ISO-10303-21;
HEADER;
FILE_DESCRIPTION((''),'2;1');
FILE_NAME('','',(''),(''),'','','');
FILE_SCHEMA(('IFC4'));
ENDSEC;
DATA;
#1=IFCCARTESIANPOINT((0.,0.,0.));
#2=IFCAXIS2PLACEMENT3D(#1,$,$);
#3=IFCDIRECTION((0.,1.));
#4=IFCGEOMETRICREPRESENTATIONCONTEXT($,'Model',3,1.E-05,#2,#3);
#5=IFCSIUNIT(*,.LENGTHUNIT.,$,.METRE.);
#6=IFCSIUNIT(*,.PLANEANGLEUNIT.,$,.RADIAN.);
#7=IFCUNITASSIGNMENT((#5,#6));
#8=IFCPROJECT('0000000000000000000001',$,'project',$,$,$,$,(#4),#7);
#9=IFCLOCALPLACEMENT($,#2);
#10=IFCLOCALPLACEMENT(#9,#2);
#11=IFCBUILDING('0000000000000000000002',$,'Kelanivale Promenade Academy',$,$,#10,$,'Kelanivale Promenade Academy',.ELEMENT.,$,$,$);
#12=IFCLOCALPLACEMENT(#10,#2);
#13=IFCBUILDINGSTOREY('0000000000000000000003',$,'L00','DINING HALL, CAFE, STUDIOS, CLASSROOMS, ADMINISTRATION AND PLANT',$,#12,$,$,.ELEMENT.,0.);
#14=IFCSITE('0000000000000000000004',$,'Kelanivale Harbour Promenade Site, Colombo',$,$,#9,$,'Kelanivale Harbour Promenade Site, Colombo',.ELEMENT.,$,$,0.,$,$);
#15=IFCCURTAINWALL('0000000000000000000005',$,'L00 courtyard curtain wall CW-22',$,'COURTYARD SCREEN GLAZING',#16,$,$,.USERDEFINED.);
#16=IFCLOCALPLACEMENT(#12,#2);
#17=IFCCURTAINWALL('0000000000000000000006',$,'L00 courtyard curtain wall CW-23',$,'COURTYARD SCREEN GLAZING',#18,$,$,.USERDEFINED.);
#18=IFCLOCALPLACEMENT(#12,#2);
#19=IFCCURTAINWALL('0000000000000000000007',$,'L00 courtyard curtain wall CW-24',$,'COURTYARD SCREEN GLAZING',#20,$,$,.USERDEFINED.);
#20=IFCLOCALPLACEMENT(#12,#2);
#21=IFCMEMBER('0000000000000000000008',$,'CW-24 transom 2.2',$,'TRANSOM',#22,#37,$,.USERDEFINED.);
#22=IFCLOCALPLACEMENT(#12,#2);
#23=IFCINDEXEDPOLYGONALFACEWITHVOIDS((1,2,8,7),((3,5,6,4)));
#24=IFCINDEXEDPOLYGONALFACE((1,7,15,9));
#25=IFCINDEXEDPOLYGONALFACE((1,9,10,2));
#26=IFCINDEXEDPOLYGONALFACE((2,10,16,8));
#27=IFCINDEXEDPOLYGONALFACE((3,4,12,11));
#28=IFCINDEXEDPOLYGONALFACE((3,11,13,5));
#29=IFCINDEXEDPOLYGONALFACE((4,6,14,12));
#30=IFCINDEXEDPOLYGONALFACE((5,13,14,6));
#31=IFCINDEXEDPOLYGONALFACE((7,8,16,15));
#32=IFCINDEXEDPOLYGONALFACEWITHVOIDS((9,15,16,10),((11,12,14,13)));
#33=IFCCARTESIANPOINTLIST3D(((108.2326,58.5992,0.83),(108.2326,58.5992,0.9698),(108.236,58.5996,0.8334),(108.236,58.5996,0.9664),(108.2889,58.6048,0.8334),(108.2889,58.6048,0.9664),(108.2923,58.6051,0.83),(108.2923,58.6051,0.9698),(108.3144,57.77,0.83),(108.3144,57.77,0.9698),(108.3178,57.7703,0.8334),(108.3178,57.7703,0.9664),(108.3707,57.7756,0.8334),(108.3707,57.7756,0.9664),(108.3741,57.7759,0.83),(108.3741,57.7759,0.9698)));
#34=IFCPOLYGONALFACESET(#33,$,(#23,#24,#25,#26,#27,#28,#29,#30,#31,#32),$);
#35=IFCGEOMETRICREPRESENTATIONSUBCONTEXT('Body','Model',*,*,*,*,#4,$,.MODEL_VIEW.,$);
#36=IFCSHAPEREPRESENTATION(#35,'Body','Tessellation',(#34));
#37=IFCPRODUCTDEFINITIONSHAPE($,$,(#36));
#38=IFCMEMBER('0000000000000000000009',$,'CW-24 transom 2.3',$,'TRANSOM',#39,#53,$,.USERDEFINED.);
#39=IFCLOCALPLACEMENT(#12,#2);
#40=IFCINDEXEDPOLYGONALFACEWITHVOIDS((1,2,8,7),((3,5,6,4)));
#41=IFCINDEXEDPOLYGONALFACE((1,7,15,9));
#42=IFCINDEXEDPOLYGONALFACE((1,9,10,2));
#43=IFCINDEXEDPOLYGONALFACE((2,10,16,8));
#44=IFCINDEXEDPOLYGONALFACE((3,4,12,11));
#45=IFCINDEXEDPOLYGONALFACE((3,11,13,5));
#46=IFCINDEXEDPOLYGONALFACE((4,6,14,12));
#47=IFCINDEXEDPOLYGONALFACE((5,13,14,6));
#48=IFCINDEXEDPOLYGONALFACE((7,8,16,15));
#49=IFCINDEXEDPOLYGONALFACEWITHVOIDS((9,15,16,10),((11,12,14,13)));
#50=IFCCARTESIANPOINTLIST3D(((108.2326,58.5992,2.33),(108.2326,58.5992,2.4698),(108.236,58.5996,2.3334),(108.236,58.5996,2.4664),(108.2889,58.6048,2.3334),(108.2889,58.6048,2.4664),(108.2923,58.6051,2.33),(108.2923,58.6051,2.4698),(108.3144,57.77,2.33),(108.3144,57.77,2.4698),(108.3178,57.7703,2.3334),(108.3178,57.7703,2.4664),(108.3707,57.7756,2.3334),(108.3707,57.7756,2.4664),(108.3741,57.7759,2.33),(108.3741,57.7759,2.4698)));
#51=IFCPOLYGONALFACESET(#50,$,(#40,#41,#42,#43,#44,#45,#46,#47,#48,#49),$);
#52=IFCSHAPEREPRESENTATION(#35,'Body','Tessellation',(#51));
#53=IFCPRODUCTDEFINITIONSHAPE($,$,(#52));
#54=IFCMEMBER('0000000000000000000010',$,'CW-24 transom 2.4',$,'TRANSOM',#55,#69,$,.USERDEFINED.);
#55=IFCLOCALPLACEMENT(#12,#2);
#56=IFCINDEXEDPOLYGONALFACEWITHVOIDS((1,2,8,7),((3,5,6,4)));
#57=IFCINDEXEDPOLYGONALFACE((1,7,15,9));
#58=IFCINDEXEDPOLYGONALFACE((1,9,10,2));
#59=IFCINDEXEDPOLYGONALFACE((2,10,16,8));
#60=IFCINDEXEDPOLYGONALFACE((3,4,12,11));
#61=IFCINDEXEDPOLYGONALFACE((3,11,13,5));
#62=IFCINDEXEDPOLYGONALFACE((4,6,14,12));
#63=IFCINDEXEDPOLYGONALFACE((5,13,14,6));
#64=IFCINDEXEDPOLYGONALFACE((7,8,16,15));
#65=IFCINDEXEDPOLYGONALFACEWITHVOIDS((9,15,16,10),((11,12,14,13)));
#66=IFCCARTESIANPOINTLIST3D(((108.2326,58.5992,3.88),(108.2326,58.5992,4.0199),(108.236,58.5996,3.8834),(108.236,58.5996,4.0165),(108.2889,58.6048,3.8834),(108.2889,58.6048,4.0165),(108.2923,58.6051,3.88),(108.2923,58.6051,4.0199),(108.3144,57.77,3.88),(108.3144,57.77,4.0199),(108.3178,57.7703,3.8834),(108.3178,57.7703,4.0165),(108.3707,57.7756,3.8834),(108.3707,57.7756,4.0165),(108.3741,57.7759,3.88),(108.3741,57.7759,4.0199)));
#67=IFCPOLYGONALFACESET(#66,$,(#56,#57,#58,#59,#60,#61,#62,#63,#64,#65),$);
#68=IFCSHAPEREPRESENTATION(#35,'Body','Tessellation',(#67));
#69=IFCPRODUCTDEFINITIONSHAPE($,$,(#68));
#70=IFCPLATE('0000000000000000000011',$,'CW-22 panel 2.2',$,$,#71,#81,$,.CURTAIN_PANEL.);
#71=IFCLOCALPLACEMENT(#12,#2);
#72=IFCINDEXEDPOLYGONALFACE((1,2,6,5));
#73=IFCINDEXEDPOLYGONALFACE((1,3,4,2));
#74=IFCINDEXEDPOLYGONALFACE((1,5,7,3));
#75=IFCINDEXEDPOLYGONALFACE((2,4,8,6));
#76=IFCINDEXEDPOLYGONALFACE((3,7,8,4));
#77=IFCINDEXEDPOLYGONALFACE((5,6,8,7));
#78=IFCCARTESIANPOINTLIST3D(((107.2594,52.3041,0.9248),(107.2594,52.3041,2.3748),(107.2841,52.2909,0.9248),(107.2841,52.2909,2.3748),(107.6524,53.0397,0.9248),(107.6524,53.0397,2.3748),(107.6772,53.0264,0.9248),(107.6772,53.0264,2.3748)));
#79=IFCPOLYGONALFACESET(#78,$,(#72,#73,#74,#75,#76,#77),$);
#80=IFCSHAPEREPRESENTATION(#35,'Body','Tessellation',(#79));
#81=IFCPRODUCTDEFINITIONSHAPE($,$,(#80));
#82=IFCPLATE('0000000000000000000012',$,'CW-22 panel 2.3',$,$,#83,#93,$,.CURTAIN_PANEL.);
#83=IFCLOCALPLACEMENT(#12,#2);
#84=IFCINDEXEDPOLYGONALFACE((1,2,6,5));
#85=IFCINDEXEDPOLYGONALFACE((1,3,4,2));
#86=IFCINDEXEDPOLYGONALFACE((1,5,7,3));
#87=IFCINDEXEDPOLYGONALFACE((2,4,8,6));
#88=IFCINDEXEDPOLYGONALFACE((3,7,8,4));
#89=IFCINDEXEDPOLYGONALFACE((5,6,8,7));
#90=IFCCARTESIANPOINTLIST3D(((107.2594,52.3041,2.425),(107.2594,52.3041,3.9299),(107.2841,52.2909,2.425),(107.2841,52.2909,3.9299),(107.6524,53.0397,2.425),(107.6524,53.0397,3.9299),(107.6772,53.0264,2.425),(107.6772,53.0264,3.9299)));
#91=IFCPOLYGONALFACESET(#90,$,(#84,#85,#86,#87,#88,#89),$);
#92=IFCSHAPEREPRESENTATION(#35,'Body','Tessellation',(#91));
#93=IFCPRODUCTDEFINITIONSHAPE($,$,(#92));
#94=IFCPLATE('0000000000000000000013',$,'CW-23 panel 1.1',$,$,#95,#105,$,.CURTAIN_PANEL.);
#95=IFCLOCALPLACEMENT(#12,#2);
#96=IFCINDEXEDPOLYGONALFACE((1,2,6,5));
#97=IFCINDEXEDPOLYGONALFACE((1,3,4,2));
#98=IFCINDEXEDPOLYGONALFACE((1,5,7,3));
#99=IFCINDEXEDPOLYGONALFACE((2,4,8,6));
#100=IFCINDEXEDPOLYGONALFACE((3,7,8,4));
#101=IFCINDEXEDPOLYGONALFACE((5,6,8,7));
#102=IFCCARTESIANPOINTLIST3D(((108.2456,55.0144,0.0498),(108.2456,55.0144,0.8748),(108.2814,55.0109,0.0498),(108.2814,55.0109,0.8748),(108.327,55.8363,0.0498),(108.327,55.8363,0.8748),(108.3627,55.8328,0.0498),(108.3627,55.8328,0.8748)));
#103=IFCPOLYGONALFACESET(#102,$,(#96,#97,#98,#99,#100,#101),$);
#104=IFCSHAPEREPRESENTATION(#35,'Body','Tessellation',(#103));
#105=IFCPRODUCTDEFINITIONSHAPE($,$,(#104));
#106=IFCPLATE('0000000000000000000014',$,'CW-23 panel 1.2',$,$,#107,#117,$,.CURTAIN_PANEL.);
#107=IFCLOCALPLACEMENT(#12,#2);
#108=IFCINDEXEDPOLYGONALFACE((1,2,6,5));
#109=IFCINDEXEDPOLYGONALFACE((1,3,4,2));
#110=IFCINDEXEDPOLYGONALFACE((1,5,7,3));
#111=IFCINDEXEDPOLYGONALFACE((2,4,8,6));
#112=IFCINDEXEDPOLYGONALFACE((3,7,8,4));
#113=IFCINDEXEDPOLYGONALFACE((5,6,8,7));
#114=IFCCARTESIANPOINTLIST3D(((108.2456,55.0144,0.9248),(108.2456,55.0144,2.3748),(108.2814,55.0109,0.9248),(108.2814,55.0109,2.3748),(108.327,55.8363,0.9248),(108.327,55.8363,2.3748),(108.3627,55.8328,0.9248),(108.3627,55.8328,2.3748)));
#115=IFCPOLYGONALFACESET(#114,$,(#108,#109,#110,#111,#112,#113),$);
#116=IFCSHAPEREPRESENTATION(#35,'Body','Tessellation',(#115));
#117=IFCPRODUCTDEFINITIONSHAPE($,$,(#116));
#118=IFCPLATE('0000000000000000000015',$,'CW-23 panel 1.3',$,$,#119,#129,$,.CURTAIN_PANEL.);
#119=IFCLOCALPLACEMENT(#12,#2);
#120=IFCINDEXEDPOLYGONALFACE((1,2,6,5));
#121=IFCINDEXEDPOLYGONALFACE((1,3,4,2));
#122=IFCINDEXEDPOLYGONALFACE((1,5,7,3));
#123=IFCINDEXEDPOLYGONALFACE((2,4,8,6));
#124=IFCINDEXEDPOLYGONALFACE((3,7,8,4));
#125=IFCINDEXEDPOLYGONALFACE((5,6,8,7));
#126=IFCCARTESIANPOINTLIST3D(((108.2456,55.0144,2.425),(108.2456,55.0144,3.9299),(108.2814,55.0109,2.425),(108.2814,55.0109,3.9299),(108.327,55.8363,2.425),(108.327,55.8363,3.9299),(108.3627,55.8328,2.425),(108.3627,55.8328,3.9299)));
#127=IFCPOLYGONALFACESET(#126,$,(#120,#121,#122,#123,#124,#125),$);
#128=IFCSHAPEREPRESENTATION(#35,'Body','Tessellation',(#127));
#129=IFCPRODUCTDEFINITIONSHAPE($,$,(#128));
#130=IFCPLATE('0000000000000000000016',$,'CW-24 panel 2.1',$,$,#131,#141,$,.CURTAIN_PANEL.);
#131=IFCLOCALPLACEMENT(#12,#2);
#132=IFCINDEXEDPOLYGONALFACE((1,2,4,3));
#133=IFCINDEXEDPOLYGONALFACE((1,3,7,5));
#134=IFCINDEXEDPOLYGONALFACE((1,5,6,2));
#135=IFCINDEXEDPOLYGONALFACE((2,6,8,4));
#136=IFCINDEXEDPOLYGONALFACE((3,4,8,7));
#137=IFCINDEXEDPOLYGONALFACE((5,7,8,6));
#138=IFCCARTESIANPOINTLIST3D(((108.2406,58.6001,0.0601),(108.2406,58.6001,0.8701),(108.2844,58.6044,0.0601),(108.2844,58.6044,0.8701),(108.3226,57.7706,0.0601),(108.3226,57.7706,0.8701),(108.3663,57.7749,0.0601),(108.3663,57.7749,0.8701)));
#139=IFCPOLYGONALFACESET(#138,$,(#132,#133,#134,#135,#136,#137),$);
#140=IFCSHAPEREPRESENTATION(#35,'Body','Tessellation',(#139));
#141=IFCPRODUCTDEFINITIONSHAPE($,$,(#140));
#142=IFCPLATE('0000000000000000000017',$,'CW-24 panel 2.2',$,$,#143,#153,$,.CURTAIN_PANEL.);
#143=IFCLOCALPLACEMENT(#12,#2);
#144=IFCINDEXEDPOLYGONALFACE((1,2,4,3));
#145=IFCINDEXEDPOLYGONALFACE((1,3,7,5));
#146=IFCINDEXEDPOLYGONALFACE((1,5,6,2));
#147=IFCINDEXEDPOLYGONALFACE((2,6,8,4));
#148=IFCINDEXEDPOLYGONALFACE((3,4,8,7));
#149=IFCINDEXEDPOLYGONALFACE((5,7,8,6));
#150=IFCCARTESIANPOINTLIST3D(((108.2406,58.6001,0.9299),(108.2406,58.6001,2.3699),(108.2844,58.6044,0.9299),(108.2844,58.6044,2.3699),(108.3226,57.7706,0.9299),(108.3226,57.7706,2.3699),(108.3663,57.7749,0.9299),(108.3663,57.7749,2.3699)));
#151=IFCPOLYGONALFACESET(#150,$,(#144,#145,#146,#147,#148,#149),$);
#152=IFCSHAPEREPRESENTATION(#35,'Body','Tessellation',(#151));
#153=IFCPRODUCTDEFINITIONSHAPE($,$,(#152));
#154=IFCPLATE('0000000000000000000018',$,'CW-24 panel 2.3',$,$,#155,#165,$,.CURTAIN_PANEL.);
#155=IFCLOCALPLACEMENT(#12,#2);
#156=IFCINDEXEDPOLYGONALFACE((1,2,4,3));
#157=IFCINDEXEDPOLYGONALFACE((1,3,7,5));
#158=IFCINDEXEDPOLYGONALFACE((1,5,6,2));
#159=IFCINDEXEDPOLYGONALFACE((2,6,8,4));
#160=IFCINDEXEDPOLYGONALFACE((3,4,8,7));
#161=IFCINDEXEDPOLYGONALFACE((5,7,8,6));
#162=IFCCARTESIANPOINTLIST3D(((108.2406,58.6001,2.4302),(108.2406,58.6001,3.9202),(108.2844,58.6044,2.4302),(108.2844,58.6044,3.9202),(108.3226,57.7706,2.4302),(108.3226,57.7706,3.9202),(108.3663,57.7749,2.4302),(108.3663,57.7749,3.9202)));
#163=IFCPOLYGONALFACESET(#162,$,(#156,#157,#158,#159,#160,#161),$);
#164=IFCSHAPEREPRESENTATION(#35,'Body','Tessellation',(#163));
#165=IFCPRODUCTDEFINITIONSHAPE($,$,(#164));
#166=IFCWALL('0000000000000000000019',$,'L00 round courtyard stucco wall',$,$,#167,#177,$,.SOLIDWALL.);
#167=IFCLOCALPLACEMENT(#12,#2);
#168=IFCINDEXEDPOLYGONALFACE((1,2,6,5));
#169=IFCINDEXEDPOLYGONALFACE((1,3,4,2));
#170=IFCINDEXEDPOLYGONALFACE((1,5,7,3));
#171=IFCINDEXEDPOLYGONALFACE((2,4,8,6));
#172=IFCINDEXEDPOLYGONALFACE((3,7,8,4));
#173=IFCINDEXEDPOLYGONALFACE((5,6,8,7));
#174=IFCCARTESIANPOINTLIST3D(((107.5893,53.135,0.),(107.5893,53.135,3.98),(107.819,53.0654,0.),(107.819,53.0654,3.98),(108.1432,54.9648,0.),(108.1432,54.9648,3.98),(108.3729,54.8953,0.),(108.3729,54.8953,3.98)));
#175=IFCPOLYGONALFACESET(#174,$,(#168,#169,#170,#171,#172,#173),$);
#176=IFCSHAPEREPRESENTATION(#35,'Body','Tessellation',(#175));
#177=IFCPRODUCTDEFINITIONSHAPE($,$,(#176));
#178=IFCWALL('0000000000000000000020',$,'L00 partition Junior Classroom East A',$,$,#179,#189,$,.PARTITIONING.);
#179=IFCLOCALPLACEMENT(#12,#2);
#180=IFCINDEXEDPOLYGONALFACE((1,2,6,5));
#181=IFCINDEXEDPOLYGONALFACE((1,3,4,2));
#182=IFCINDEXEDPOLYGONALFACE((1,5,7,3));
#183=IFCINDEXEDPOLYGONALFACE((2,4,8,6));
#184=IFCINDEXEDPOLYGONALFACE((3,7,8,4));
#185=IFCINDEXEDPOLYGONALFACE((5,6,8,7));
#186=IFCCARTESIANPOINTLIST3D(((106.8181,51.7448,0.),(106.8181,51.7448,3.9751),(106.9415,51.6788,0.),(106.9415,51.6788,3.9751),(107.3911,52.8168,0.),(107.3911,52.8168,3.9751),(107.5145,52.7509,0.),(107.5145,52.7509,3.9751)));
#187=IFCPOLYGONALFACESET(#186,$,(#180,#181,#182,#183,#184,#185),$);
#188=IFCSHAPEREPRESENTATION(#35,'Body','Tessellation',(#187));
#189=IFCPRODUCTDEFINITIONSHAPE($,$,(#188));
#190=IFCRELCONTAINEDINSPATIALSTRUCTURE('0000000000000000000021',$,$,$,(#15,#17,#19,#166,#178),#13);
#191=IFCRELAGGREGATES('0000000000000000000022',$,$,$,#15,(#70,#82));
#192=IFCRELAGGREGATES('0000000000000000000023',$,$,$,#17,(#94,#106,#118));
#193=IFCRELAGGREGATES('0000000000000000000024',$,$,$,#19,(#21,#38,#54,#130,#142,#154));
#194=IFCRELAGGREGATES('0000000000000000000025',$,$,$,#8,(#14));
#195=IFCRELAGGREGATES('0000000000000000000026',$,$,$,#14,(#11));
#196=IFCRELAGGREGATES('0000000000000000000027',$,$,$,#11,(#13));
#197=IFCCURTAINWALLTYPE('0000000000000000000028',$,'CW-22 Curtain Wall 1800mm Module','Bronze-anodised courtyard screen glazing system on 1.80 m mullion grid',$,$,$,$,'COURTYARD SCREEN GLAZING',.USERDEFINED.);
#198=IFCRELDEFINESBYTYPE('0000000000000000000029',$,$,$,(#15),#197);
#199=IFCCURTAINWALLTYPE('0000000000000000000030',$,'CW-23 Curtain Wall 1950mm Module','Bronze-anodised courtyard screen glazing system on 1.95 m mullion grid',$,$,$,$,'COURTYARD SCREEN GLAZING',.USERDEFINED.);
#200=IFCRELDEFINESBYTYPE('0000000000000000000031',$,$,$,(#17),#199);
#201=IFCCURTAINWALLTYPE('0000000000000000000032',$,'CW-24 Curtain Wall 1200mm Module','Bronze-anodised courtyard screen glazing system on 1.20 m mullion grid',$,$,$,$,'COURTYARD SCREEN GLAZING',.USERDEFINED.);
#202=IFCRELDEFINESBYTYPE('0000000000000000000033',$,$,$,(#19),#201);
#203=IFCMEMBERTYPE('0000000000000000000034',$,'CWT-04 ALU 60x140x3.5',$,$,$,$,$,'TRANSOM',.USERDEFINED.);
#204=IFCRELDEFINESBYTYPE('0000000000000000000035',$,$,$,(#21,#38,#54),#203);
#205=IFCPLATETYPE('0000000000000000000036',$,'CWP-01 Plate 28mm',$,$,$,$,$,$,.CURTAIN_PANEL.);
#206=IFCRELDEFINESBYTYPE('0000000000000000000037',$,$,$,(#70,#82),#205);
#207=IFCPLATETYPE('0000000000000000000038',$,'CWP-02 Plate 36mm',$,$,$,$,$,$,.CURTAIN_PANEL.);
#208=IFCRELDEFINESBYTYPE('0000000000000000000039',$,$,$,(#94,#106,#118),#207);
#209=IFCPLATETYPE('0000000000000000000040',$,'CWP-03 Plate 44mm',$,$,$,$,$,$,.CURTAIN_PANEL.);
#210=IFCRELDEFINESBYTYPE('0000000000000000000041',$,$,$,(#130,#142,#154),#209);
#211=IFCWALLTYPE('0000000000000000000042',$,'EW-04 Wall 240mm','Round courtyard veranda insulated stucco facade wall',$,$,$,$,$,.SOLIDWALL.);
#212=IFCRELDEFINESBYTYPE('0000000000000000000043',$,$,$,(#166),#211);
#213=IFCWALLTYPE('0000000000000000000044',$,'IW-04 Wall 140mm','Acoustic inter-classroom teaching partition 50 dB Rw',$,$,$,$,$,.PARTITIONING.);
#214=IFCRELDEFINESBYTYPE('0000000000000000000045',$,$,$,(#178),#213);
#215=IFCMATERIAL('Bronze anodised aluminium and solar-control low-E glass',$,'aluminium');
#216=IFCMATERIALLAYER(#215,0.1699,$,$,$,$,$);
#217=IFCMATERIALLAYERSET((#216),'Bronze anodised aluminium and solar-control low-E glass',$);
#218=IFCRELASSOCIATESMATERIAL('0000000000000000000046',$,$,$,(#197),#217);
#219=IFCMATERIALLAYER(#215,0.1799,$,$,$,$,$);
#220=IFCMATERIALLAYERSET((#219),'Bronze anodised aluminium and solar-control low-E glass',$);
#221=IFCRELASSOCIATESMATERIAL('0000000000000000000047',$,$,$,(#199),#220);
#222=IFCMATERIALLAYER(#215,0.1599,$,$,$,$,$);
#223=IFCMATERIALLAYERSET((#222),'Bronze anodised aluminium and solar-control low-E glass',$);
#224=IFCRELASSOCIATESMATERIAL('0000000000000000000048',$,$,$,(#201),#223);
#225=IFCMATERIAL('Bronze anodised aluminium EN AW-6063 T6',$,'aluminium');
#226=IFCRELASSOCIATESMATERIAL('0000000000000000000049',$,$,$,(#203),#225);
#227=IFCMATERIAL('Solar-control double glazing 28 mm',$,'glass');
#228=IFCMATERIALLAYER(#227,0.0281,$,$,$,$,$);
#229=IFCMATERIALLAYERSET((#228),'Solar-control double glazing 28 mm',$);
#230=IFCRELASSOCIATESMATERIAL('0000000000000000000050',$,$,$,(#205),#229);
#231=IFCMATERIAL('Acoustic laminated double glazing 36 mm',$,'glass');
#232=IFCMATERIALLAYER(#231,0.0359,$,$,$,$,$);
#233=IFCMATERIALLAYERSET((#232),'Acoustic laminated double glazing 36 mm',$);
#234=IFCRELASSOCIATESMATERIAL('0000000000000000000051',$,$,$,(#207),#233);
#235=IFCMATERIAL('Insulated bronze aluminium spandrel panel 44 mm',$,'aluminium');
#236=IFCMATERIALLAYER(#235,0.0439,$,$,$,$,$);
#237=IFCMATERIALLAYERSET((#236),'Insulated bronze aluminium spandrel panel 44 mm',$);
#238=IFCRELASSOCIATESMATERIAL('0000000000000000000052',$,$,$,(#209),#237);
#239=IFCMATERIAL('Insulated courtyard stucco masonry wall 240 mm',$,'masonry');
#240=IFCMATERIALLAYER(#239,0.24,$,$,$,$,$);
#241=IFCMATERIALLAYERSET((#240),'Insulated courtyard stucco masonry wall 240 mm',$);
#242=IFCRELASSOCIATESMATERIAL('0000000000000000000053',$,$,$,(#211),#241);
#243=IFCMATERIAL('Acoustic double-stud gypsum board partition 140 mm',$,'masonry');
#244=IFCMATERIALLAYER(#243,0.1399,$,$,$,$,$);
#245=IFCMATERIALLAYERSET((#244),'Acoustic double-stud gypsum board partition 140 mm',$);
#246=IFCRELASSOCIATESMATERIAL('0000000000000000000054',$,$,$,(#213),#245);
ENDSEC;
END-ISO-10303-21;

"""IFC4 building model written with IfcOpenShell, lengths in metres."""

from ifc_helpers import new_model, si_unit, direction, frame, frame_2d, origin, origin_2d, place, context, subcontext, project, spatial, rectangle, hollow_rectangle, extrude, material, layer, layer_set, material_profile, profile_set, type_object, element, aggregate, save


model = new_model("IFC4")

# Units and contexts
model_context = context("Model", 3, precision=1e-05, world=origin(), true_north=direction((0.0, 1.0)))
body_context = subcontext(model_context, "Body", "Model", "MODEL_VIEW")
ifc_project = project(units=[si_unit("LENGTHUNIT", "METRE"), si_unit("PLANEANGLEUNIT", "RADIAN")], contexts=[model_context])

# Site, building, storey
site_placement = place(None, origin())
site = spatial("IfcSite", under=ifc_project, at=site_placement, Name="Kelanivale Harbour Promenade Site, Colombo", LongName="Kelanivale Harbour Promenade Site, Colombo", CompositionType="ELEMENT", RefElevation=0.0)
building_placement = place(site_placement, origin())
building = spatial("IfcBuilding", under=site, at=building_placement, Name="Kelanivale Promenade Academy", LongName="Kelanivale Promenade Academy", CompositionType="ELEMENT")
storey_placement = place(building_placement, origin())
storey = spatial("IfcBuildingStorey", under=building, at=storey_placement, Name="L00", Description="DINING HALL, CAFE, STUDIOS, CLASSROOMS, ADMINISTRATION AND PLANT", CompositionType="ELEMENT", Elevation=0.0)

# Curtain wall
ifc_material_1 = material(Name="Bronze anodised aluminium and solar-control low-E glass", Category="aluminium")
ifc_layer_1 = layer(ifc_material_1, 0.1699)
ifc_layer_set_1 = layer_set([ifc_layer_1], Name="Bronze anodised aluminium and solar-control low-E glass")
curtain_wall_type_1 = type_object("IfcCurtainWallType", Name="CW-22 Curtain Wall 1800mm Module", Description="Bronze-anodised courtyard screen glazing system on 1.80 m mullion grid", ElementType="COURTYARD SCREEN GLAZING", PredefinedType="USERDEFINED", material=ifc_layer_set_1)
curtain_wall_1_placement = place(storey_placement, origin())
curtain_wall_1 = element("IfcCurtainWall", 1, at=curtain_wall_1_placement, inside=storey, type_object=curtain_wall_type_1, Name="L00 courtyard curtain wall CW-22", ObjectType="COURTYARD SCREEN GLAZING", PredefinedType="USERDEFINED")
ifc_material_2 = material(Name="Bronze anodised aluminium EN AW-6063 T6", Category="aluminium")

# Curtain wall
ifc_layer_2 = layer(ifc_material_1, 0.1799)
ifc_layer_set_2 = layer_set([ifc_layer_2], Name="Bronze anodised aluminium and solar-control low-E glass")
curtain_wall_type_2 = type_object("IfcCurtainWallType", Name="CW-23 Curtain Wall 1950mm Module", Description="Bronze-anodised courtyard screen glazing system on 1.95 m mullion grid", ElementType="COURTYARD SCREEN GLAZING", PredefinedType="USERDEFINED", material=ifc_layer_set_2)
curtain_wall_2_placement = place(storey_placement, origin())
curtain_wall_2 = element("IfcCurtainWall", 2, at=curtain_wall_2_placement, inside=storey, type_object=curtain_wall_type_2, Name="L00 courtyard curtain wall CW-23", ObjectType="COURTYARD SCREEN GLAZING", PredefinedType="USERDEFINED")

# Curtain wall
ifc_layer_3 = layer(ifc_material_1, 0.1599)
ifc_layer_set_3 = layer_set([ifc_layer_3], Name="Bronze anodised aluminium and solar-control low-E glass")
curtain_wall_type_3 = type_object("IfcCurtainWallType", Name="CW-24 Curtain Wall 1200mm Module", Description="Bronze-anodised courtyard screen glazing system on 1.20 m mullion grid", ElementType="COURTYARD SCREEN GLAZING", PredefinedType="USERDEFINED", material=ifc_layer_set_3)
curtain_wall_3_placement = place(storey_placement, origin())
curtain_wall_3 = element("IfcCurtainWall", 3, at=curtain_wall_3_placement, inside=storey, type_object=curtain_wall_type_3, Name="L00 courtyard curtain wall CW-24", ObjectType="COURTYARD SCREEN GLAZING", PredefinedType="USERDEFINED")

# Members
ifc_material_profile_1 = material_profile(ifc_material_2, hollow_rectangle(XDim=0.0601, YDim=0.1399, WallThickness=0.0034, at=origin_2d()), Name="ALU 60x140x3.5")
ifc_profile_set_1 = profile_set([ifc_material_profile_1], Name="Bronze anodised aluminium EN AW-6063 T6")
member_type_1 = type_object("IfcMemberType", Name="CWT-04 ALU 60x140x3.5", ElementType="TRANSOM", PredefinedType="USERDEFINED", material=ifc_profile_set_1)
member_1_placement = place(storey_placement, frame((108.3442, 57.7729, 0.8999), z_axis=(-0.09814, 0.995173, 0.0), x_axis=(-0.995173, -0.09814, 0.0)))
member_1 = element("IfcMember", 4, at=member_1_placement, type_object=member_type_1, Name="CW-24 transom 2.2", ObjectType="TRANSOM", PredefinedType="USERDEFINED", context=body_context, shape_type="SweptSolid", body=[
    extrude(hollow_rectangle(XDim=0.0601, YDim=0.1399, WallThickness=0.0034, at=origin_2d()), origin(), (0.0, 0.0, 1.0), 0.8333),
])
member_2_placement = place(storey_placement, frame((108.3442, 57.7729, 2.3999), z_axis=(-0.09814, 0.995173, 0.0), x_axis=(-0.995173, -0.09814, 0.0)))
member_2 = element("IfcMember", 5, at=member_2_placement, type_object=member_type_1, Name="CW-24 transom 2.3", ObjectType="TRANSOM", PredefinedType="USERDEFINED", context=body_context, shape_type="SweptSolid", body=[
    extrude(hollow_rectangle(XDim=0.0601, YDim=0.1399, WallThickness=0.0034, at=origin_2d()), origin(), (0.0, 0.0, 1.0), 0.8333),
])
member_3_placement = place(storey_placement, frame((108.3442, 57.7729, 3.95), z_axis=(-0.09814, 0.995173, 0.0), x_axis=(-0.995173, -0.09814, 0.0)))
member_3 = element("IfcMember", 6, at=member_3_placement, type_object=member_type_1, Name="CW-24 transom 2.4", ObjectType="TRANSOM", PredefinedType="USERDEFINED", context=body_context, shape_type="SweptSolid", body=[
    extrude(hollow_rectangle(XDim=0.0601, YDim=0.1399, WallThickness=0.0034, at=origin_2d()), origin(), (0.0, 0.0, 1.0), 0.8333),
])

# Plates
ifc_material_3 = material(Name="Solar-control double glazing 28 mm", Category="glass")
ifc_layer_4 = layer(ifc_material_3, 0.0281)
ifc_layer_set_4 = layer_set([ifc_layer_4], Name="Solar-control double glazing 28 mm")
plate_type_1 = type_object("IfcPlateType", Name="CWP-01 Plate 28mm", PredefinedType="CURTAIN_PANEL", material=ifc_layer_set_4)
plate_1_placement = place(storey_placement, frame((107.4683, 52.6653, 0.9248), z_axis=(0.0, 0.0, 1.0), x_axis=(0.47129, 0.881978, 0.0)))
plate_1 = element("IfcPlate", 7, at=plate_1_placement, type_object=plate_type_1, Name="CW-22 panel 2.2", PredefinedType="CURTAIN_PANEL", context=body_context, shape_type="SweptSolid", body=[
    extrude(rectangle(XDim=0.834, YDim=0.0281, at=origin_2d()), origin(), (0.0, 0.0, 1.0), 1.45),
])
plate_2_placement = place(storey_placement, frame((107.4683, 52.6653, 2.425), z_axis=(0.0, 0.0, 1.0), x_axis=(0.47129, 0.881978, 0.0)))
plate_2 = element("IfcPlate", 8, at=plate_2_placement, type_object=plate_type_1, Name="CW-22 panel 2.3", PredefinedType="CURTAIN_PANEL", context=body_context, shape_type="SweptSolid", body=[
    extrude(rectangle(XDim=0.834, YDim=0.0281, at=origin_2d()), origin(), (0.0, 0.0, 1.0), 1.5049),
])
aggregate(curtain_wall_1, [plate_1, plate_2])
ifc_material_4 = material(Name="Acoustic laminated double glazing 36 mm", Category="glass")
ifc_layer_5 = layer(ifc_material_4, 0.0359)
ifc_layer_set_5 = layer_set([ifc_layer_5], Name="Acoustic laminated double glazing 36 mm")
plate_type_2 = type_object("IfcPlateType", Name="CWP-02 Plate 36mm", PredefinedType="CURTAIN_PANEL", material=ifc_layer_set_5)
plate_3_placement = place(storey_placement, frame((108.3042, 55.4236, 0.0498), z_axis=(0.0, 0.0, 1.0), x_axis=(0.098539, 0.995133, 0.0)))
plate_3 = element("IfcPlate", 9, at=plate_3_placement, type_object=plate_type_2, Name="CW-23 panel 1.1", PredefinedType="CURTAIN_PANEL", context=body_context, shape_type="SweptSolid", body=[
    extrude(rectangle(XDim=0.8259, YDim=0.0359, at=origin_2d()), origin(), (0.0, 0.0, 1.0), 0.825),
])
plate_4_placement = place(storey_placement, frame((108.3042, 55.4236, 0.9248), z_axis=(0.0, 0.0, 1.0), x_axis=(0.098539, 0.995133, 0.0)))
plate_4 = element("IfcPlate", 10, at=plate_4_placement, type_object=plate_type_2, Name="CW-23 panel 1.2", PredefinedType="CURTAIN_PANEL", context=body_context, shape_type="SweptSolid", body=[
    extrude(rectangle(XDim=0.8259, YDim=0.0359, at=origin_2d()), origin(), (0.0, 0.0, 1.0), 1.45),
])
plate_5_placement = place(storey_placement, frame((108.3042, 55.4236, 2.425), z_axis=(0.0, 0.0, 1.0), x_axis=(0.098539, 0.995133, 0.0)))
plate_5 = element("IfcPlate", 11, at=plate_5_placement, type_object=plate_type_2, Name="CW-23 panel 1.3", PredefinedType="CURTAIN_PANEL", context=body_context, shape_type="SweptSolid", body=[
    extrude(rectangle(XDim=0.8259, YDim=0.0359, at=origin_2d()), origin(), (0.0, 0.0, 1.0), 1.5049),
])
aggregate(curtain_wall_2, [plate_3, plate_4, plate_5])
ifc_material_5 = material(Name="Insulated bronze aluminium spandrel panel 44 mm", Category="aluminium")
ifc_layer_6 = layer(ifc_material_5, 0.0439)
ifc_layer_set_6 = layer_set([ifc_layer_6], Name="Insulated bronze aluminium spandrel panel 44 mm")
plate_type_3 = type_object("IfcPlateType", Name="CWP-03 Plate 44mm", PredefinedType="CURTAIN_PANEL", material=ifc_layer_set_6)
plate_6_placement = place(storey_placement, frame((108.3035, 58.1875, 0.0601), z_axis=(0.0, 0.0, 1.0), x_axis=(-0.098281, 0.995159, 0.0)))
plate_6 = element("IfcPlate", 12, at=plate_6_placement, type_object=plate_type_3, Name="CW-24 panel 2.1", PredefinedType="CURTAIN_PANEL", context=body_context, shape_type="SweptSolid", body=[
    extrude(rectangle(XDim=0.8335, YDim=0.0439, at=origin_2d()), origin(), (0.0, 0.0, 1.0), 0.8101),
])
plate_7_placement = place(storey_placement, frame((108.3035, 58.1875, 0.9299), z_axis=(0.0, 0.0, 1.0), x_axis=(-0.098281, 0.995159, 0.0)))
plate_7 = element("IfcPlate", 13, at=plate_7_placement, type_object=plate_type_3, Name="CW-24 panel 2.2", PredefinedType="CURTAIN_PANEL", context=body_context, shape_type="SweptSolid", body=[
    extrude(rectangle(XDim=0.8335, YDim=0.0439, at=origin_2d()), origin(), (0.0, 0.0, 1.0), 1.4399),
])
plate_8_placement = place(storey_placement, frame((108.3035, 58.1875, 2.4302), z_axis=(0.0, 0.0, 1.0), x_axis=(-0.098281, 0.995159, 0.0)))
plate_8 = element("IfcPlate", 14, at=plate_8_placement, type_object=plate_type_3, Name="CW-24 panel 2.3", PredefinedType="CURTAIN_PANEL", context=body_context, shape_type="SweptSolid", body=[
    extrude(rectangle(XDim=0.8335, YDim=0.0439, at=origin_2d()), origin(), (0.0, 0.0, 1.0), 1.49),
])
aggregate(curtain_wall_3, [member_1, member_2, member_3, plate_6, plate_7, plate_8])

# Walls
ifc_material_6 = material(Name="Insulated courtyard stucco masonry wall 240 mm", Category="masonry")
ifc_layer_7 = layer(ifc_material_6, 0.24)
ifc_layer_set_7 = layer_set([ifc_layer_7], Name="Insulated courtyard stucco masonry wall 240 mm")
wall_type_1 = type_object("IfcWallType", Name="EW-04 Wall 240mm", Description="Round courtyard veranda insulated stucco facade wall", PredefinedType="SOLIDWALL", material=ifc_layer_set_7)
wall_1_placement = place(storey_placement, frame((107.7041, 53.1001, 0.0), z_axis=(0.0, 0.0, 1.0), x_axis=(0.289749, 0.957103, 0.0)))
element("IfcWall", 15, at=wall_1_placement, inside=storey, type_object=wall_type_1, Name="L00 round courtyard stucco wall", PredefinedType="SOLIDWALL", context=body_context, shape_type="SweptSolid", body=[
    extrude(rectangle(XDim=1.9119, YDim=0.24, at=frame_2d((0.9561, 0.0))), origin(), (0.0, 0.0, 1.0), 3.98),
])
ifc_material_7 = material(Name="Acoustic double-stud gypsum board partition 140 mm", Category="masonry")
ifc_layer_8 = layer(ifc_material_7, 0.1399)
ifc_layer_set_8 = layer_set([ifc_layer_8], Name="Acoustic double-stud gypsum board partition 140 mm")
wall_type_2 = type_object("IfcWallType", Name="IW-04 Wall 140mm", Description="Acoustic inter-classroom teaching partition 50 dB Rw", PredefinedType="PARTITIONING", material=ifc_layer_set_8)
wall_2_placement = place(storey_placement, frame((107.4529, 52.7839, 0.0), z_axis=(0.0, 0.0, 1.0), x_axis=(-0.471391, -0.881924, 0.0)))
element("IfcWall", 16, at=wall_2_placement, inside=storey, type_object=wall_type_2, Name="L00 partition Junior Classroom East A", PredefinedType="PARTITIONING", context=body_context, shape_type="SweptSolid", body=[
    extrude(rectangle(XDim=1.2156, YDim=0.1399, at=frame_2d((0.6079, 0.0))), origin(), (0.0, 0.0, 1.0), 3.9751),
])

save(model, "model.ifc")
